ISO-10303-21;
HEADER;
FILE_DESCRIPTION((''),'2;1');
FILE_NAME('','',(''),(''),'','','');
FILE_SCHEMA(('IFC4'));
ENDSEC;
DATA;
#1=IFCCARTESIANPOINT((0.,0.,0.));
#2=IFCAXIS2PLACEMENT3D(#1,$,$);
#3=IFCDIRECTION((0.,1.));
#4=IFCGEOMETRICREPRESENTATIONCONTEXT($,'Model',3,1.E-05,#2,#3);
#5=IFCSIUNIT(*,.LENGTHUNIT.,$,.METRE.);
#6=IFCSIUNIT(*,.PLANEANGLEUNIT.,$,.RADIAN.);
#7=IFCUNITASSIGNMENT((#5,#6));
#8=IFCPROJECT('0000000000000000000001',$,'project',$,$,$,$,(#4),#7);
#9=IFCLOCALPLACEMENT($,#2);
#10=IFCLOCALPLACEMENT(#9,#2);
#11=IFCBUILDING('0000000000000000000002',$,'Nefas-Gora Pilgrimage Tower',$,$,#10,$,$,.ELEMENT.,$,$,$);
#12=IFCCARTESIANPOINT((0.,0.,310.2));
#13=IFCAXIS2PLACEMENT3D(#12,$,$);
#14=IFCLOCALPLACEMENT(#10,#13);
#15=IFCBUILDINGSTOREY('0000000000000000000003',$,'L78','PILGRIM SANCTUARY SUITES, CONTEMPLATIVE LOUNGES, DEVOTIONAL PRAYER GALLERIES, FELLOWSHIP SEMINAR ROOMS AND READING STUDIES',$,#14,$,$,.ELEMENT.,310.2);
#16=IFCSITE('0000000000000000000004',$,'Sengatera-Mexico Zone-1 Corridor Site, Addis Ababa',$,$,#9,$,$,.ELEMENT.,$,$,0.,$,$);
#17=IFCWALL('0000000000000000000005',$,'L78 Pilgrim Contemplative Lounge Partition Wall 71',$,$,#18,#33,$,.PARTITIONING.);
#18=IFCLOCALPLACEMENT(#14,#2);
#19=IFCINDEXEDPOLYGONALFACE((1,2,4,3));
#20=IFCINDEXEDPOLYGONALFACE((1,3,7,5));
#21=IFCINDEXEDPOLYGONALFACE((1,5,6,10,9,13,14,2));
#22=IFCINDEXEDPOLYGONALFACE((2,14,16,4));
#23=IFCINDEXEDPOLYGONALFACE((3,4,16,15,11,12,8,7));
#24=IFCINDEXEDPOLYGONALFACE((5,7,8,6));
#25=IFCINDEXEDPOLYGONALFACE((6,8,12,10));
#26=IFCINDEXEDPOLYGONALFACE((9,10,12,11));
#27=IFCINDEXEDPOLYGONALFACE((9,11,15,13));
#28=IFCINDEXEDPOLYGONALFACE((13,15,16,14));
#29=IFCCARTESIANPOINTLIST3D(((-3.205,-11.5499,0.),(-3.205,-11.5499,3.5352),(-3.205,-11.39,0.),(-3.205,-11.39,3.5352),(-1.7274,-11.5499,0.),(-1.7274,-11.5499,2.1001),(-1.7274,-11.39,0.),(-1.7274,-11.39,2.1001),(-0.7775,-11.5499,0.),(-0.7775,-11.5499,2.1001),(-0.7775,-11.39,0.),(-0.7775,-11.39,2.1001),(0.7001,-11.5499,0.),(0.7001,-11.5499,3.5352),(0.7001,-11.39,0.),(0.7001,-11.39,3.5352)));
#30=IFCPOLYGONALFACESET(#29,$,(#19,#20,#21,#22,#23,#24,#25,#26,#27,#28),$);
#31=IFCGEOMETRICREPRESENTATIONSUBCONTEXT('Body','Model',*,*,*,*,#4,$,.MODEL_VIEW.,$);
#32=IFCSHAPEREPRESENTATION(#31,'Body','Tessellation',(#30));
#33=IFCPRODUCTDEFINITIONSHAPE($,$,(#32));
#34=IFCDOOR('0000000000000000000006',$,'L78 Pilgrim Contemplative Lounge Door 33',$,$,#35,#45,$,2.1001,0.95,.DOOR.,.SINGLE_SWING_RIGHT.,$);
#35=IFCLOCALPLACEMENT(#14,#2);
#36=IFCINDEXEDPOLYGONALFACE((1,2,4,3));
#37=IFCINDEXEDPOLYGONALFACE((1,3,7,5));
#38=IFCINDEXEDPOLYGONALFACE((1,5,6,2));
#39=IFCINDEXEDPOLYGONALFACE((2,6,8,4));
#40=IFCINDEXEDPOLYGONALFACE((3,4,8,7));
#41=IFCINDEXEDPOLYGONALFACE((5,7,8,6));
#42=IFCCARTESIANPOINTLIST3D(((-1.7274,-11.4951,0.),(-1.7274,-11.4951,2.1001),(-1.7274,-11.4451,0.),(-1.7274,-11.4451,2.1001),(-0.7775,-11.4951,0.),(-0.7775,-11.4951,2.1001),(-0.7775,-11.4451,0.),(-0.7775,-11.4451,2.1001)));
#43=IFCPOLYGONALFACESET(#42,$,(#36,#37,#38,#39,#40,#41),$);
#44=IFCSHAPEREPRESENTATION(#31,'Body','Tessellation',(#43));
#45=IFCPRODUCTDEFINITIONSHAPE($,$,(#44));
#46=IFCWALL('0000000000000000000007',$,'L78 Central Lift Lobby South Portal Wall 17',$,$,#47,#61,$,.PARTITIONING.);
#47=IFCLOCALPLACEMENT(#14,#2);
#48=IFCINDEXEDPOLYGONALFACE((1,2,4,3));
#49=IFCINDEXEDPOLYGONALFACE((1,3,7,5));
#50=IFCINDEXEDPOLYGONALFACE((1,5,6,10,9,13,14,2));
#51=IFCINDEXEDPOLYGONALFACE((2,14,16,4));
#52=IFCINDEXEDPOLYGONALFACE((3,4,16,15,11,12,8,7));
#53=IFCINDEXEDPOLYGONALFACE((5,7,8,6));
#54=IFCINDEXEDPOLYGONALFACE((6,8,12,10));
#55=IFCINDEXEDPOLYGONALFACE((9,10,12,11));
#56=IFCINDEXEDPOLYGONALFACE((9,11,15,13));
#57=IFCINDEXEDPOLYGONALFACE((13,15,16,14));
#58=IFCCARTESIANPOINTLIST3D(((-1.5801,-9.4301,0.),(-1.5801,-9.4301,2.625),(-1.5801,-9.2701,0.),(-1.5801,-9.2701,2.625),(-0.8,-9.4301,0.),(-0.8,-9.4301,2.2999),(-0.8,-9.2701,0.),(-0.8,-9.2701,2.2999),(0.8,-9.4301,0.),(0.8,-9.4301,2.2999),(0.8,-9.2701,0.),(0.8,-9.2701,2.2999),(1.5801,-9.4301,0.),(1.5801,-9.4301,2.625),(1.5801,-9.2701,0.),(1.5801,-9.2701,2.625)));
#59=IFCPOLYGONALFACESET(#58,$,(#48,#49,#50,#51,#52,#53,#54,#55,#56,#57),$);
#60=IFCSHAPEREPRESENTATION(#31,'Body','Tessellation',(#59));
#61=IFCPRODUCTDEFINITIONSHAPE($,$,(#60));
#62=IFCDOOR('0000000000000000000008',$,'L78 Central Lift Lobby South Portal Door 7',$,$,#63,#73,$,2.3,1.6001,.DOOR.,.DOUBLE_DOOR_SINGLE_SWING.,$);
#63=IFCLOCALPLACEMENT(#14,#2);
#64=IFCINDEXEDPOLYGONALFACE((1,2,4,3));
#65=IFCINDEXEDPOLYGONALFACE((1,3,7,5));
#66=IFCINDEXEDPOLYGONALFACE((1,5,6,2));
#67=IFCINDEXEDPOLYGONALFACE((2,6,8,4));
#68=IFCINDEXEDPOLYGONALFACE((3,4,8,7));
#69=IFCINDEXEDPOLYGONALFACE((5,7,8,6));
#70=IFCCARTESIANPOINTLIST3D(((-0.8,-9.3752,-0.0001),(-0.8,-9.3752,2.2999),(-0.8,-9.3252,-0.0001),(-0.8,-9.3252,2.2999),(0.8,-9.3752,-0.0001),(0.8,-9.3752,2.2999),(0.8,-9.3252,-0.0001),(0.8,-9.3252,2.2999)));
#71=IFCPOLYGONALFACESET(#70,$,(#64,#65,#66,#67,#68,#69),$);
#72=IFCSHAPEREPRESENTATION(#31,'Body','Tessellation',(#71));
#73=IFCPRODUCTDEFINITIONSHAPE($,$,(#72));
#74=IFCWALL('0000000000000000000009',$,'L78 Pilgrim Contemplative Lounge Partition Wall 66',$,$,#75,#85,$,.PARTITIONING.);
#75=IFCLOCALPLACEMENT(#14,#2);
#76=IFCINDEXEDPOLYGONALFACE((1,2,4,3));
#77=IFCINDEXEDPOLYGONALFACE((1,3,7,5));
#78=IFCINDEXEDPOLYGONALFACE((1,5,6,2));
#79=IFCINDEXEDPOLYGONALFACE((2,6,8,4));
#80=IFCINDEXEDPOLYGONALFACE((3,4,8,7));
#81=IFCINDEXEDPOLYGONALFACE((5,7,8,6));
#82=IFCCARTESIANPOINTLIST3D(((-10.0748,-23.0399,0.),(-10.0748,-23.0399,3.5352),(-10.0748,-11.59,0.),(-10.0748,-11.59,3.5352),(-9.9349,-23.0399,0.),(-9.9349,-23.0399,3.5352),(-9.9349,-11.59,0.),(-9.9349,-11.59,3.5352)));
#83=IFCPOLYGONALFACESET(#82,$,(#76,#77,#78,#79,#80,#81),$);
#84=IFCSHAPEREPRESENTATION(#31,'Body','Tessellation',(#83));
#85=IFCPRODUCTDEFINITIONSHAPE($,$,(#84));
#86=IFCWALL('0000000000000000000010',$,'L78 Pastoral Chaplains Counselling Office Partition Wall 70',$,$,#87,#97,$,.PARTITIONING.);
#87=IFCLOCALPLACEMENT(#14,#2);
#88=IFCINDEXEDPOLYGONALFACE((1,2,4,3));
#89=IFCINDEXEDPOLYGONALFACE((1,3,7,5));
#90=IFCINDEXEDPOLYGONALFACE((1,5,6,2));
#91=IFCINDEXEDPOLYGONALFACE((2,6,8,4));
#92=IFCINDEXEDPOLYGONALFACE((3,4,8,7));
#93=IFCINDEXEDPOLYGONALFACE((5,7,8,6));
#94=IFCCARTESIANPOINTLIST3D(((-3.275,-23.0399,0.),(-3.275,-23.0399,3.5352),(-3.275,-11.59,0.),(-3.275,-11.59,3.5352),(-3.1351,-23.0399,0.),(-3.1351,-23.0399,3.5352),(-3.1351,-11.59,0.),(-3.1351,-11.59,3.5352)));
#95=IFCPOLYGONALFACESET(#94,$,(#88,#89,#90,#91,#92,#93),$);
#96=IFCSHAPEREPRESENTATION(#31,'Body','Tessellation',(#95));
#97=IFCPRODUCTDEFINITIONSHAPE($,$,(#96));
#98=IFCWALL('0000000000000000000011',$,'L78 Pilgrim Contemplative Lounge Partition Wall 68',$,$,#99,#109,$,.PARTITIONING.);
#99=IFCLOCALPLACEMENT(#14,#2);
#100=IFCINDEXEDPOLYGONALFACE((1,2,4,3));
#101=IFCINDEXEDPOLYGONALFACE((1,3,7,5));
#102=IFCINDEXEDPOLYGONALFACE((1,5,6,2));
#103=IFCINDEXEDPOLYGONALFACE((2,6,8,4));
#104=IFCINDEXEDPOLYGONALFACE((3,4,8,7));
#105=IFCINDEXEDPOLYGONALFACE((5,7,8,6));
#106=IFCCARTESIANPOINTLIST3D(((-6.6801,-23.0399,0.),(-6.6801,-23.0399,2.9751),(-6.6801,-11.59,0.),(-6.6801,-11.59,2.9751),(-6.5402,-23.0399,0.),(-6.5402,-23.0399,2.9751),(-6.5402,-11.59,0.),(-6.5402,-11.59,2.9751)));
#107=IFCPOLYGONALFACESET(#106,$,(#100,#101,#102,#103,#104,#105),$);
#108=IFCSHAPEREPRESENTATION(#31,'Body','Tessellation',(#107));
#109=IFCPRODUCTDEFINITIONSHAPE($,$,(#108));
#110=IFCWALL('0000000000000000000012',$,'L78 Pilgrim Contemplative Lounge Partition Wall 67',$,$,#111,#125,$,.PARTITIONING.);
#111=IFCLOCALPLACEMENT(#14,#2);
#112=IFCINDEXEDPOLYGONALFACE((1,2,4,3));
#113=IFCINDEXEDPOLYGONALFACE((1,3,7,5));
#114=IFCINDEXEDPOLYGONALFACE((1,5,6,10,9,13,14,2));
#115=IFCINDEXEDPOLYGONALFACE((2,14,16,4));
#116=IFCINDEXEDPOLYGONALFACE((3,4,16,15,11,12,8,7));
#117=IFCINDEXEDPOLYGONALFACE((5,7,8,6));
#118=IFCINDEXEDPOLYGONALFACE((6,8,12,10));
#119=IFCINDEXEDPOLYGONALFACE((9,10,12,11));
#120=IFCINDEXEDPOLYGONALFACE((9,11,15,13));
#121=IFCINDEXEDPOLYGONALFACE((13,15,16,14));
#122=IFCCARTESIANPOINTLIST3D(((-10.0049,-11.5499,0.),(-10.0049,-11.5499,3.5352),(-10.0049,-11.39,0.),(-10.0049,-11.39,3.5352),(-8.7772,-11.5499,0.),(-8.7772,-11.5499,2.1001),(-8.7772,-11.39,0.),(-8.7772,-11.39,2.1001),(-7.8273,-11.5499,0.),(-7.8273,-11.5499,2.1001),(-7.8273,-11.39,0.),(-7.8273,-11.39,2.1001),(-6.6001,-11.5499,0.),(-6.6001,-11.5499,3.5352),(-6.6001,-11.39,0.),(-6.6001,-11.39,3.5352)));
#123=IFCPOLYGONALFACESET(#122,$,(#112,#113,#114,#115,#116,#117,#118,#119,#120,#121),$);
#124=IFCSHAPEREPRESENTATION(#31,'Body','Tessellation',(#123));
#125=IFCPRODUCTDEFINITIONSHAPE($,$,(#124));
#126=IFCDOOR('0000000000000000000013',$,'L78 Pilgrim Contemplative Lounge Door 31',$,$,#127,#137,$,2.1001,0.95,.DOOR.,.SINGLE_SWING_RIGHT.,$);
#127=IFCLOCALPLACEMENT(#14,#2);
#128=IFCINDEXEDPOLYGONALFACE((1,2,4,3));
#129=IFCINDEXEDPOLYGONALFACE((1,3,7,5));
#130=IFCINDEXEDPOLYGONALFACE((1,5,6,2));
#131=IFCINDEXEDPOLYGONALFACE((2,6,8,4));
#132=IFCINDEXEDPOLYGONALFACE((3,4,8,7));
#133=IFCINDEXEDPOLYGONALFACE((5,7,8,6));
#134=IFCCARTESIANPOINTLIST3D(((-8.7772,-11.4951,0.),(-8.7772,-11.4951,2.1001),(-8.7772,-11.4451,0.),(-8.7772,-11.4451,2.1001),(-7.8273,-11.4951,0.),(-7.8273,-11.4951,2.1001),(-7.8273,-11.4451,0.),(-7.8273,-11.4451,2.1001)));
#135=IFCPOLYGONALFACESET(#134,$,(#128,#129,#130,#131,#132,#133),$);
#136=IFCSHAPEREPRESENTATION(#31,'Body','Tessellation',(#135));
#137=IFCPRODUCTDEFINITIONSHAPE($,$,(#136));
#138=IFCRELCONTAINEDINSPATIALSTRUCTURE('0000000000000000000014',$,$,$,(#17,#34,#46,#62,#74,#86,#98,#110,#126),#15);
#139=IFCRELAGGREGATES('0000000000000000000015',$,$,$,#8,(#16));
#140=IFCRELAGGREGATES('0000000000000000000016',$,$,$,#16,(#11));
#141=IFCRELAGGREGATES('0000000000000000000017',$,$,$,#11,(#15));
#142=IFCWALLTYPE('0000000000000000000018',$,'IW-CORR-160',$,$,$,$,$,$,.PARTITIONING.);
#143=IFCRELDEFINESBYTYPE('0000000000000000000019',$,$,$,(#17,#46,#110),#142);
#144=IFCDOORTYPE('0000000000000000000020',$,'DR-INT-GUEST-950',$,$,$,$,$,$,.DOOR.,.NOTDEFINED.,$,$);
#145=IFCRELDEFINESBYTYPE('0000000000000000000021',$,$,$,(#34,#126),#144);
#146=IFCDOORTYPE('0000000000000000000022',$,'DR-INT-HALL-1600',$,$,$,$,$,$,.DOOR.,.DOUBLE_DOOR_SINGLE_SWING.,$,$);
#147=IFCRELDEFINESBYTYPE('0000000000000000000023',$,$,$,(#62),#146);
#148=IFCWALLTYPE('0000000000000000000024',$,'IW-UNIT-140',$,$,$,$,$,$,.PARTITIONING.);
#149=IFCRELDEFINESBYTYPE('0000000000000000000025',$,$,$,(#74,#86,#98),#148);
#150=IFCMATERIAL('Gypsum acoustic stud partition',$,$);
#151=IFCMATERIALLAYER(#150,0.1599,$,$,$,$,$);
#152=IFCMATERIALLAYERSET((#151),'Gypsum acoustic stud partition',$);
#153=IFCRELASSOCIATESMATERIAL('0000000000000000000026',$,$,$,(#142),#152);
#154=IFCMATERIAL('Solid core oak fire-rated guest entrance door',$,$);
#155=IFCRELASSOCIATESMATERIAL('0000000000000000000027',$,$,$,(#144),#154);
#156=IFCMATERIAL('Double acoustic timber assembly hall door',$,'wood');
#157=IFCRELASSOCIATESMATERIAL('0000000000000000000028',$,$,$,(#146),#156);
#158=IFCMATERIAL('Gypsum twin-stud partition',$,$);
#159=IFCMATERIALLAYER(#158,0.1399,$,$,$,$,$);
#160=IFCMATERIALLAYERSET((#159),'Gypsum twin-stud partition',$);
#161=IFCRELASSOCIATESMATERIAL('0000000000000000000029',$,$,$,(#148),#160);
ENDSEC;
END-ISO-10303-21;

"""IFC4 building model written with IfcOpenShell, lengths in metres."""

from ifc_helpers import new_model, si_unit, direction, frame, frame_2d, origin, place, context, subcontext, project, spatial, rectangle, extrude, source, transform, mapped, material, layer, layer_set, type_object, element, fill, save


model = new_model("IFC4")

# Units and contexts
model_context = context("Model", 3, precision=1e-05, world=origin(), true_north=direction((0.0, 1.0)))
body_context = subcontext(model_context, "Body", "Model", "MODEL_VIEW")
ifc_project = project(units=[si_unit("LENGTHUNIT", "METRE"), si_unit("PLANEANGLEUNIT", "RADIAN")], contexts=[model_context])

# Site, building, storey
site_placement = place(None, origin())
site = spatial("IfcSite", under=ifc_project, at=site_placement, Name="Sengatera-Mexico Zone-1 Corridor Site, Addis Ababa", CompositionType="ELEMENT", RefElevation=0.0)
building_placement = place(site_placement, origin())
building = spatial("IfcBuilding", under=site, at=building_placement, Name="Nefas-Gora Pilgrimage Tower", CompositionType="ELEMENT")
storey_placement = place(building_placement, frame((0.0, 0.0, 310.2)))
storey = spatial("IfcBuildingStorey", under=building, at=storey_placement, Name="L78", Description="PILGRIM SANCTUARY SUITES, CONTEMPLATIVE LOUNGES, DEVOTIONAL PRAYER GALLERIES, FELLOWSHIP SEMINAR ROOMS AND READING STUDIES", CompositionType="ELEMENT", Elevation=310.2)

# Walls, openings, doors
ifc_material_1 = material(Name="Gypsum acoustic stud partition")
ifc_layer_1 = layer(ifc_material_1, 0.1599)
ifc_layer_set_1 = layer_set([ifc_layer_1], Name="Gypsum acoustic stud partition")
wall_type_1 = type_object("IfcWallType", Name="IW-CORR-160", PredefinedType="PARTITIONING", material=ifc_layer_set_1)
shared_shape_1 = source(origin(), body_context, "Body", "SweptSolid", [
    extrude(rectangle(XDim=3.905, YDim=0.1599, at=frame_2d((1.9526, 0.0))), origin(), (0.0, 0.0, 1.0), 3.5352),
])
wall_1_placement = place(storey_placement, frame((-3.2051, -11.47, 0.0), z_axis=(0.0, 0.0, 1.0), x_axis=(1.0, 0.0, 0.0)))
wall_1 = element("IfcWall", 1, at=wall_1_placement, inside=storey, type_object=wall_type_1, Name="L78 Pilgrim Contemplative Lounge Partition Wall 71", PredefinedType="PARTITIONING", context=body_context, shape_type="MappedRepresentation", body=[
    mapped(shared_shape_1, transform((0.0, 0.0, 0.0), x_axis=(1.0, 0.0, 0.0), y_axis=(0.0, 1.0, 0.0), z_axis=(0.0, 0.0, 1.0), scale=1.0)),
])
opening_1_placement = place(wall_1_placement, frame((1.4775, 0.0, 0.0)))
opening_1 = element("IfcOpeningElement", 2, at=opening_1_placement, cuts=wall_1, PredefinedType="OPENING", context=body_context, shape_type="SweptSolid", body=[
    extrude(rectangle(XDim=0.95, YDim=2.1001, at=frame_2d((0.4751, 1.05))), frame((0.0, 0.0898, 0.0), z_axis=(0.0, -1.0, 0.0), x_axis=(1.0, 0.0, 0.0)), (0.0, 0.0, 1.0), 0.1799),
])
ifc_material_2 = material(Name="Solid core oak fire-rated guest entrance door")
door_type_1 = type_object("IfcDoorType", Name="DR-INT-GUEST-950", OperationType="NOTDEFINED", PredefinedType="DOOR", material=ifc_material_2)
shared_shape_2 = source(origin(), body_context, "Body", "SweptSolid", [
    extrude(rectangle(XDim=0.95, YDim=2.1001, at=frame_2d((0.4751, 1.05))), frame((0.0, 0.0249, 0.0), z_axis=(0.0, -1.0, 0.0), x_axis=(1.0, 0.0, 0.0)), (0.0, 0.0, 1.0), 0.05),
])
door_1_placement = place(opening_1_placement, origin())
door_1 = element("IfcDoor", 3, at=door_1_placement, inside=storey, type_object=door_type_1, Name="L78 Pilgrim Contemplative Lounge Door 33", OperationType="SINGLE_SWING_RIGHT", OverallHeight=2.1001, OverallWidth=0.95, PredefinedType="DOOR", context=body_context, shape_type="MappedRepresentation", body=[
    mapped(shared_shape_2, transform((0.0, 0.0, 0.0), x_axis=(1.0, 0.0, 0.0), y_axis=(0.0, 1.0, 0.0), z_axis=(0.0, 0.0, 1.0), scale=1.0)),
])
fill(opening_1, door_1)
shared_shape_3 = source(origin(), body_context, "Body", "SweptSolid", [
    extrude(rectangle(XDim=3.1602, YDim=0.1599, at=frame_2d((1.5801, 0.0))), origin(), (0.0, 0.0, 1.0), 2.625),
])
wall_2_placement = place(storey_placement, frame((-1.5801, -9.3501, 0.0), z_axis=(0.0, 0.0, 1.0), x_axis=(1.0, 0.0, 0.0)))
wall_2 = element("IfcWall", 4, at=wall_2_placement, inside=storey, type_object=wall_type_1, Name="L78 Central Lift Lobby South Portal Wall 17", PredefinedType="PARTITIONING", context=body_context, shape_type="MappedRepresentation", body=[
    mapped(shared_shape_3, transform((0.0, 0.0, 0.0), x_axis=(1.0, 0.0, 0.0), y_axis=(0.0, 1.0, 0.0), z_axis=(0.0, 0.0, 1.0), scale=1.0)),
])
opening_2_placement = place(wall_2_placement, frame((0.78, 0.0, 0.0)))
opening_2 = element("IfcOpeningElement", 5, at=opening_2_placement, cuts=wall_2, PredefinedType="OPENING", context=body_context, shape_type="SweptSolid", body=[
    extrude(rectangle(XDim=1.6001, YDim=2.3, at=frame_2d((0.8, 1.1499))), frame((0.0, 0.0898, 0.0), z_axis=(0.0, -1.0, 0.0), x_axis=(1.0, 0.0, 0.0)), (0.0, 0.0, 1.0), 0.1799),
])
ifc_material_3 = material(Name="Double acoustic timber assembly hall door", Category="wood")
door_type_2 = type_object("IfcDoorType", Name="DR-INT-HALL-1600", OperationType="DOUBLE_DOOR_SINGLE_SWING", PredefinedType="DOOR", material=ifc_material_3)
shared_shape_4 = source(origin(), body_context, "Body", "SweptSolid", [
    extrude(rectangle(XDim=1.6001, YDim=2.3, at=frame_2d((0.8, 1.1499))), frame((0.0, 0.0249, 0.0), z_axis=(0.0, -1.0, 0.0), x_axis=(1.0, 0.0, 0.0)), (0.0, 0.0, 1.0), 0.05),
])
door_2_placement = place(opening_2_placement, origin())
door_2 = element("IfcDoor", 6, at=door_2_placement, inside=storey, type_object=door_type_2, Name="L78 Central Lift Lobby South Portal Door 7", OperationType="DOUBLE_DOOR_SINGLE_SWING", OverallHeight=2.3, OverallWidth=1.6001, PredefinedType="DOOR", context=body_context, shape_type="MappedRepresentation", body=[
    mapped(shared_shape_4, transform((0.0, 0.0, 0.0), x_axis=(1.0, 0.0, 0.0), y_axis=(0.0, 1.0, 0.0), z_axis=(0.0, 0.0, 1.0), scale=1.0)),
])
fill(opening_2, door_2)

# Walls
ifc_material_4 = material(Name="Gypsum twin-stud partition")
ifc_layer_2 = layer(ifc_material_4, 0.1399)
ifc_layer_set_2 = layer_set([ifc_layer_2], Name="Gypsum twin-stud partition")
wall_type_2 = type_object("IfcWallType", Name="IW-UNIT-140", PredefinedType="PARTITIONING", material=ifc_layer_set_2)
shared_shape_5 = source(origin(), body_context, "Body", "SweptSolid", [
    extrude(rectangle(XDim=11.45, YDim=0.1399, at=frame_2d((5.7251, 0.0))), origin(), (0.0, 0.0, 1.0), 3.5352),
])
for number, where, z_axis, x_axis, name in (
    (7, (-10.0049, -23.04, 0.0), (0.0, 0.0, 1.0), (0.0, 1.0, 0.0), "L78 Pilgrim Contemplative Lounge Partition Wall 66"),
    (8, (-3.2051, -23.04, 0.0), (0.0, 0.0, 1.0), (0.0, 1.0, 0.0), "L78 Pastoral Chaplains Counselling Office Partition Wall 70"),
):
    element("IfcWall", number, at=place(storey_placement, frame(where, z_axis=z_axis, x_axis=x_axis)), inside=storey, type_object=wall_type_2, Name=name, PredefinedType="PARTITIONING", context=body_context, shape_type="MappedRepresentation", body=[
        mapped(shared_shape_5, transform((0.0, 0.0, 0.0), x_axis=(1.0, 0.0, 0.0), y_axis=(0.0, 1.0, 0.0), z_axis=(0.0, 0.0, 1.0), scale=1.0)),
    ])
shared_shape_6 = source(origin(), body_context, "Body", "SweptSolid", [
    extrude(rectangle(XDim=11.45, YDim=0.1399, at=frame_2d((5.7251, 0.0))), origin(), (0.0, 0.0, 1.0), 2.9751),
])
wall_3_placement = place(storey_placement, frame((-6.6101, -23.04, 0.0), z_axis=(0.0, 0.0, 1.0), x_axis=(0.0, 1.0, 0.0)))
element("IfcWall", 9, at=wall_3_placement, inside=storey, type_object=wall_type_2, Name="L78 Pilgrim Contemplative Lounge Partition Wall 68", PredefinedType="PARTITIONING", context=body_context, shape_type="MappedRepresentation", body=[
    mapped(shared_shape_6, transform((0.0, 0.0, 0.0), x_axis=(1.0, 0.0, 0.0), y_axis=(0.0, 1.0, 0.0), z_axis=(0.0, 0.0, 1.0), scale=1.0)),
])

# Wall, opening, door
shared_shape_7 = source(origin(), body_context, "Body", "SweptSolid", [
    extrude(rectangle(XDim=3.4048, YDim=0.1599, at=frame_2d((1.7024, 0.0))), origin(), (0.0, 0.0, 1.0), 3.5352),
])
wall_4_placement = place(storey_placement, frame((-10.0049, -11.47, 0.0), z_axis=(0.0, 0.0, 1.0), x_axis=(1.0, 0.0, 0.0)))
wall_4 = element("IfcWall", 10, at=wall_4_placement, inside=storey, type_object=wall_type_1, Name="L78 Pilgrim Contemplative Lounge Partition Wall 67", PredefinedType="PARTITIONING", context=body_context, shape_type="MappedRepresentation", body=[
    mapped(shared_shape_7, transform((0.0, 0.0, 0.0), x_axis=(1.0, 0.0, 0.0), y_axis=(0.0, 1.0, 0.0), z_axis=(0.0, 0.0, 1.0), scale=1.0)),
])
opening_3_placement = place(wall_4_placement, frame((1.2275, 0.0, 0.0)))
opening_3 = element("IfcOpeningElement", 11, at=opening_3_placement, cuts=wall_4, PredefinedType="OPENING", context=body_context, shape_type="SweptSolid", body=[
    extrude(rectangle(XDim=0.95, YDim=2.1001, at=frame_2d((0.4751, 1.05))), frame((0.0, 0.0898, 0.0), z_axis=(0.0, -1.0, 0.0), x_axis=(1.0, 0.0, 0.0)), (0.0, 0.0, 1.0), 0.1799),
])
door_3_placement = place(opening_3_placement, origin())
door_3 = element("IfcDoor", 12, at=door_3_placement, inside=storey, type_object=door_type_1, Name="L78 Pilgrim Contemplative Lounge Door 31", OperationType="SINGLE_SWING_RIGHT", OverallHeight=2.1001, OverallWidth=0.95, PredefinedType="DOOR", context=body_context, shape_type="MappedRepresentation", body=[
    mapped(shared_shape_2, transform((0.0, 0.0, 0.0), x_axis=(1.0, 0.0, 0.0), y_axis=(0.0, 1.0, 0.0), z_axis=(0.0, 0.0, 1.0), scale=1.0)),
])
fill(opening_3, door_3)

save(model, "model.ifc")
